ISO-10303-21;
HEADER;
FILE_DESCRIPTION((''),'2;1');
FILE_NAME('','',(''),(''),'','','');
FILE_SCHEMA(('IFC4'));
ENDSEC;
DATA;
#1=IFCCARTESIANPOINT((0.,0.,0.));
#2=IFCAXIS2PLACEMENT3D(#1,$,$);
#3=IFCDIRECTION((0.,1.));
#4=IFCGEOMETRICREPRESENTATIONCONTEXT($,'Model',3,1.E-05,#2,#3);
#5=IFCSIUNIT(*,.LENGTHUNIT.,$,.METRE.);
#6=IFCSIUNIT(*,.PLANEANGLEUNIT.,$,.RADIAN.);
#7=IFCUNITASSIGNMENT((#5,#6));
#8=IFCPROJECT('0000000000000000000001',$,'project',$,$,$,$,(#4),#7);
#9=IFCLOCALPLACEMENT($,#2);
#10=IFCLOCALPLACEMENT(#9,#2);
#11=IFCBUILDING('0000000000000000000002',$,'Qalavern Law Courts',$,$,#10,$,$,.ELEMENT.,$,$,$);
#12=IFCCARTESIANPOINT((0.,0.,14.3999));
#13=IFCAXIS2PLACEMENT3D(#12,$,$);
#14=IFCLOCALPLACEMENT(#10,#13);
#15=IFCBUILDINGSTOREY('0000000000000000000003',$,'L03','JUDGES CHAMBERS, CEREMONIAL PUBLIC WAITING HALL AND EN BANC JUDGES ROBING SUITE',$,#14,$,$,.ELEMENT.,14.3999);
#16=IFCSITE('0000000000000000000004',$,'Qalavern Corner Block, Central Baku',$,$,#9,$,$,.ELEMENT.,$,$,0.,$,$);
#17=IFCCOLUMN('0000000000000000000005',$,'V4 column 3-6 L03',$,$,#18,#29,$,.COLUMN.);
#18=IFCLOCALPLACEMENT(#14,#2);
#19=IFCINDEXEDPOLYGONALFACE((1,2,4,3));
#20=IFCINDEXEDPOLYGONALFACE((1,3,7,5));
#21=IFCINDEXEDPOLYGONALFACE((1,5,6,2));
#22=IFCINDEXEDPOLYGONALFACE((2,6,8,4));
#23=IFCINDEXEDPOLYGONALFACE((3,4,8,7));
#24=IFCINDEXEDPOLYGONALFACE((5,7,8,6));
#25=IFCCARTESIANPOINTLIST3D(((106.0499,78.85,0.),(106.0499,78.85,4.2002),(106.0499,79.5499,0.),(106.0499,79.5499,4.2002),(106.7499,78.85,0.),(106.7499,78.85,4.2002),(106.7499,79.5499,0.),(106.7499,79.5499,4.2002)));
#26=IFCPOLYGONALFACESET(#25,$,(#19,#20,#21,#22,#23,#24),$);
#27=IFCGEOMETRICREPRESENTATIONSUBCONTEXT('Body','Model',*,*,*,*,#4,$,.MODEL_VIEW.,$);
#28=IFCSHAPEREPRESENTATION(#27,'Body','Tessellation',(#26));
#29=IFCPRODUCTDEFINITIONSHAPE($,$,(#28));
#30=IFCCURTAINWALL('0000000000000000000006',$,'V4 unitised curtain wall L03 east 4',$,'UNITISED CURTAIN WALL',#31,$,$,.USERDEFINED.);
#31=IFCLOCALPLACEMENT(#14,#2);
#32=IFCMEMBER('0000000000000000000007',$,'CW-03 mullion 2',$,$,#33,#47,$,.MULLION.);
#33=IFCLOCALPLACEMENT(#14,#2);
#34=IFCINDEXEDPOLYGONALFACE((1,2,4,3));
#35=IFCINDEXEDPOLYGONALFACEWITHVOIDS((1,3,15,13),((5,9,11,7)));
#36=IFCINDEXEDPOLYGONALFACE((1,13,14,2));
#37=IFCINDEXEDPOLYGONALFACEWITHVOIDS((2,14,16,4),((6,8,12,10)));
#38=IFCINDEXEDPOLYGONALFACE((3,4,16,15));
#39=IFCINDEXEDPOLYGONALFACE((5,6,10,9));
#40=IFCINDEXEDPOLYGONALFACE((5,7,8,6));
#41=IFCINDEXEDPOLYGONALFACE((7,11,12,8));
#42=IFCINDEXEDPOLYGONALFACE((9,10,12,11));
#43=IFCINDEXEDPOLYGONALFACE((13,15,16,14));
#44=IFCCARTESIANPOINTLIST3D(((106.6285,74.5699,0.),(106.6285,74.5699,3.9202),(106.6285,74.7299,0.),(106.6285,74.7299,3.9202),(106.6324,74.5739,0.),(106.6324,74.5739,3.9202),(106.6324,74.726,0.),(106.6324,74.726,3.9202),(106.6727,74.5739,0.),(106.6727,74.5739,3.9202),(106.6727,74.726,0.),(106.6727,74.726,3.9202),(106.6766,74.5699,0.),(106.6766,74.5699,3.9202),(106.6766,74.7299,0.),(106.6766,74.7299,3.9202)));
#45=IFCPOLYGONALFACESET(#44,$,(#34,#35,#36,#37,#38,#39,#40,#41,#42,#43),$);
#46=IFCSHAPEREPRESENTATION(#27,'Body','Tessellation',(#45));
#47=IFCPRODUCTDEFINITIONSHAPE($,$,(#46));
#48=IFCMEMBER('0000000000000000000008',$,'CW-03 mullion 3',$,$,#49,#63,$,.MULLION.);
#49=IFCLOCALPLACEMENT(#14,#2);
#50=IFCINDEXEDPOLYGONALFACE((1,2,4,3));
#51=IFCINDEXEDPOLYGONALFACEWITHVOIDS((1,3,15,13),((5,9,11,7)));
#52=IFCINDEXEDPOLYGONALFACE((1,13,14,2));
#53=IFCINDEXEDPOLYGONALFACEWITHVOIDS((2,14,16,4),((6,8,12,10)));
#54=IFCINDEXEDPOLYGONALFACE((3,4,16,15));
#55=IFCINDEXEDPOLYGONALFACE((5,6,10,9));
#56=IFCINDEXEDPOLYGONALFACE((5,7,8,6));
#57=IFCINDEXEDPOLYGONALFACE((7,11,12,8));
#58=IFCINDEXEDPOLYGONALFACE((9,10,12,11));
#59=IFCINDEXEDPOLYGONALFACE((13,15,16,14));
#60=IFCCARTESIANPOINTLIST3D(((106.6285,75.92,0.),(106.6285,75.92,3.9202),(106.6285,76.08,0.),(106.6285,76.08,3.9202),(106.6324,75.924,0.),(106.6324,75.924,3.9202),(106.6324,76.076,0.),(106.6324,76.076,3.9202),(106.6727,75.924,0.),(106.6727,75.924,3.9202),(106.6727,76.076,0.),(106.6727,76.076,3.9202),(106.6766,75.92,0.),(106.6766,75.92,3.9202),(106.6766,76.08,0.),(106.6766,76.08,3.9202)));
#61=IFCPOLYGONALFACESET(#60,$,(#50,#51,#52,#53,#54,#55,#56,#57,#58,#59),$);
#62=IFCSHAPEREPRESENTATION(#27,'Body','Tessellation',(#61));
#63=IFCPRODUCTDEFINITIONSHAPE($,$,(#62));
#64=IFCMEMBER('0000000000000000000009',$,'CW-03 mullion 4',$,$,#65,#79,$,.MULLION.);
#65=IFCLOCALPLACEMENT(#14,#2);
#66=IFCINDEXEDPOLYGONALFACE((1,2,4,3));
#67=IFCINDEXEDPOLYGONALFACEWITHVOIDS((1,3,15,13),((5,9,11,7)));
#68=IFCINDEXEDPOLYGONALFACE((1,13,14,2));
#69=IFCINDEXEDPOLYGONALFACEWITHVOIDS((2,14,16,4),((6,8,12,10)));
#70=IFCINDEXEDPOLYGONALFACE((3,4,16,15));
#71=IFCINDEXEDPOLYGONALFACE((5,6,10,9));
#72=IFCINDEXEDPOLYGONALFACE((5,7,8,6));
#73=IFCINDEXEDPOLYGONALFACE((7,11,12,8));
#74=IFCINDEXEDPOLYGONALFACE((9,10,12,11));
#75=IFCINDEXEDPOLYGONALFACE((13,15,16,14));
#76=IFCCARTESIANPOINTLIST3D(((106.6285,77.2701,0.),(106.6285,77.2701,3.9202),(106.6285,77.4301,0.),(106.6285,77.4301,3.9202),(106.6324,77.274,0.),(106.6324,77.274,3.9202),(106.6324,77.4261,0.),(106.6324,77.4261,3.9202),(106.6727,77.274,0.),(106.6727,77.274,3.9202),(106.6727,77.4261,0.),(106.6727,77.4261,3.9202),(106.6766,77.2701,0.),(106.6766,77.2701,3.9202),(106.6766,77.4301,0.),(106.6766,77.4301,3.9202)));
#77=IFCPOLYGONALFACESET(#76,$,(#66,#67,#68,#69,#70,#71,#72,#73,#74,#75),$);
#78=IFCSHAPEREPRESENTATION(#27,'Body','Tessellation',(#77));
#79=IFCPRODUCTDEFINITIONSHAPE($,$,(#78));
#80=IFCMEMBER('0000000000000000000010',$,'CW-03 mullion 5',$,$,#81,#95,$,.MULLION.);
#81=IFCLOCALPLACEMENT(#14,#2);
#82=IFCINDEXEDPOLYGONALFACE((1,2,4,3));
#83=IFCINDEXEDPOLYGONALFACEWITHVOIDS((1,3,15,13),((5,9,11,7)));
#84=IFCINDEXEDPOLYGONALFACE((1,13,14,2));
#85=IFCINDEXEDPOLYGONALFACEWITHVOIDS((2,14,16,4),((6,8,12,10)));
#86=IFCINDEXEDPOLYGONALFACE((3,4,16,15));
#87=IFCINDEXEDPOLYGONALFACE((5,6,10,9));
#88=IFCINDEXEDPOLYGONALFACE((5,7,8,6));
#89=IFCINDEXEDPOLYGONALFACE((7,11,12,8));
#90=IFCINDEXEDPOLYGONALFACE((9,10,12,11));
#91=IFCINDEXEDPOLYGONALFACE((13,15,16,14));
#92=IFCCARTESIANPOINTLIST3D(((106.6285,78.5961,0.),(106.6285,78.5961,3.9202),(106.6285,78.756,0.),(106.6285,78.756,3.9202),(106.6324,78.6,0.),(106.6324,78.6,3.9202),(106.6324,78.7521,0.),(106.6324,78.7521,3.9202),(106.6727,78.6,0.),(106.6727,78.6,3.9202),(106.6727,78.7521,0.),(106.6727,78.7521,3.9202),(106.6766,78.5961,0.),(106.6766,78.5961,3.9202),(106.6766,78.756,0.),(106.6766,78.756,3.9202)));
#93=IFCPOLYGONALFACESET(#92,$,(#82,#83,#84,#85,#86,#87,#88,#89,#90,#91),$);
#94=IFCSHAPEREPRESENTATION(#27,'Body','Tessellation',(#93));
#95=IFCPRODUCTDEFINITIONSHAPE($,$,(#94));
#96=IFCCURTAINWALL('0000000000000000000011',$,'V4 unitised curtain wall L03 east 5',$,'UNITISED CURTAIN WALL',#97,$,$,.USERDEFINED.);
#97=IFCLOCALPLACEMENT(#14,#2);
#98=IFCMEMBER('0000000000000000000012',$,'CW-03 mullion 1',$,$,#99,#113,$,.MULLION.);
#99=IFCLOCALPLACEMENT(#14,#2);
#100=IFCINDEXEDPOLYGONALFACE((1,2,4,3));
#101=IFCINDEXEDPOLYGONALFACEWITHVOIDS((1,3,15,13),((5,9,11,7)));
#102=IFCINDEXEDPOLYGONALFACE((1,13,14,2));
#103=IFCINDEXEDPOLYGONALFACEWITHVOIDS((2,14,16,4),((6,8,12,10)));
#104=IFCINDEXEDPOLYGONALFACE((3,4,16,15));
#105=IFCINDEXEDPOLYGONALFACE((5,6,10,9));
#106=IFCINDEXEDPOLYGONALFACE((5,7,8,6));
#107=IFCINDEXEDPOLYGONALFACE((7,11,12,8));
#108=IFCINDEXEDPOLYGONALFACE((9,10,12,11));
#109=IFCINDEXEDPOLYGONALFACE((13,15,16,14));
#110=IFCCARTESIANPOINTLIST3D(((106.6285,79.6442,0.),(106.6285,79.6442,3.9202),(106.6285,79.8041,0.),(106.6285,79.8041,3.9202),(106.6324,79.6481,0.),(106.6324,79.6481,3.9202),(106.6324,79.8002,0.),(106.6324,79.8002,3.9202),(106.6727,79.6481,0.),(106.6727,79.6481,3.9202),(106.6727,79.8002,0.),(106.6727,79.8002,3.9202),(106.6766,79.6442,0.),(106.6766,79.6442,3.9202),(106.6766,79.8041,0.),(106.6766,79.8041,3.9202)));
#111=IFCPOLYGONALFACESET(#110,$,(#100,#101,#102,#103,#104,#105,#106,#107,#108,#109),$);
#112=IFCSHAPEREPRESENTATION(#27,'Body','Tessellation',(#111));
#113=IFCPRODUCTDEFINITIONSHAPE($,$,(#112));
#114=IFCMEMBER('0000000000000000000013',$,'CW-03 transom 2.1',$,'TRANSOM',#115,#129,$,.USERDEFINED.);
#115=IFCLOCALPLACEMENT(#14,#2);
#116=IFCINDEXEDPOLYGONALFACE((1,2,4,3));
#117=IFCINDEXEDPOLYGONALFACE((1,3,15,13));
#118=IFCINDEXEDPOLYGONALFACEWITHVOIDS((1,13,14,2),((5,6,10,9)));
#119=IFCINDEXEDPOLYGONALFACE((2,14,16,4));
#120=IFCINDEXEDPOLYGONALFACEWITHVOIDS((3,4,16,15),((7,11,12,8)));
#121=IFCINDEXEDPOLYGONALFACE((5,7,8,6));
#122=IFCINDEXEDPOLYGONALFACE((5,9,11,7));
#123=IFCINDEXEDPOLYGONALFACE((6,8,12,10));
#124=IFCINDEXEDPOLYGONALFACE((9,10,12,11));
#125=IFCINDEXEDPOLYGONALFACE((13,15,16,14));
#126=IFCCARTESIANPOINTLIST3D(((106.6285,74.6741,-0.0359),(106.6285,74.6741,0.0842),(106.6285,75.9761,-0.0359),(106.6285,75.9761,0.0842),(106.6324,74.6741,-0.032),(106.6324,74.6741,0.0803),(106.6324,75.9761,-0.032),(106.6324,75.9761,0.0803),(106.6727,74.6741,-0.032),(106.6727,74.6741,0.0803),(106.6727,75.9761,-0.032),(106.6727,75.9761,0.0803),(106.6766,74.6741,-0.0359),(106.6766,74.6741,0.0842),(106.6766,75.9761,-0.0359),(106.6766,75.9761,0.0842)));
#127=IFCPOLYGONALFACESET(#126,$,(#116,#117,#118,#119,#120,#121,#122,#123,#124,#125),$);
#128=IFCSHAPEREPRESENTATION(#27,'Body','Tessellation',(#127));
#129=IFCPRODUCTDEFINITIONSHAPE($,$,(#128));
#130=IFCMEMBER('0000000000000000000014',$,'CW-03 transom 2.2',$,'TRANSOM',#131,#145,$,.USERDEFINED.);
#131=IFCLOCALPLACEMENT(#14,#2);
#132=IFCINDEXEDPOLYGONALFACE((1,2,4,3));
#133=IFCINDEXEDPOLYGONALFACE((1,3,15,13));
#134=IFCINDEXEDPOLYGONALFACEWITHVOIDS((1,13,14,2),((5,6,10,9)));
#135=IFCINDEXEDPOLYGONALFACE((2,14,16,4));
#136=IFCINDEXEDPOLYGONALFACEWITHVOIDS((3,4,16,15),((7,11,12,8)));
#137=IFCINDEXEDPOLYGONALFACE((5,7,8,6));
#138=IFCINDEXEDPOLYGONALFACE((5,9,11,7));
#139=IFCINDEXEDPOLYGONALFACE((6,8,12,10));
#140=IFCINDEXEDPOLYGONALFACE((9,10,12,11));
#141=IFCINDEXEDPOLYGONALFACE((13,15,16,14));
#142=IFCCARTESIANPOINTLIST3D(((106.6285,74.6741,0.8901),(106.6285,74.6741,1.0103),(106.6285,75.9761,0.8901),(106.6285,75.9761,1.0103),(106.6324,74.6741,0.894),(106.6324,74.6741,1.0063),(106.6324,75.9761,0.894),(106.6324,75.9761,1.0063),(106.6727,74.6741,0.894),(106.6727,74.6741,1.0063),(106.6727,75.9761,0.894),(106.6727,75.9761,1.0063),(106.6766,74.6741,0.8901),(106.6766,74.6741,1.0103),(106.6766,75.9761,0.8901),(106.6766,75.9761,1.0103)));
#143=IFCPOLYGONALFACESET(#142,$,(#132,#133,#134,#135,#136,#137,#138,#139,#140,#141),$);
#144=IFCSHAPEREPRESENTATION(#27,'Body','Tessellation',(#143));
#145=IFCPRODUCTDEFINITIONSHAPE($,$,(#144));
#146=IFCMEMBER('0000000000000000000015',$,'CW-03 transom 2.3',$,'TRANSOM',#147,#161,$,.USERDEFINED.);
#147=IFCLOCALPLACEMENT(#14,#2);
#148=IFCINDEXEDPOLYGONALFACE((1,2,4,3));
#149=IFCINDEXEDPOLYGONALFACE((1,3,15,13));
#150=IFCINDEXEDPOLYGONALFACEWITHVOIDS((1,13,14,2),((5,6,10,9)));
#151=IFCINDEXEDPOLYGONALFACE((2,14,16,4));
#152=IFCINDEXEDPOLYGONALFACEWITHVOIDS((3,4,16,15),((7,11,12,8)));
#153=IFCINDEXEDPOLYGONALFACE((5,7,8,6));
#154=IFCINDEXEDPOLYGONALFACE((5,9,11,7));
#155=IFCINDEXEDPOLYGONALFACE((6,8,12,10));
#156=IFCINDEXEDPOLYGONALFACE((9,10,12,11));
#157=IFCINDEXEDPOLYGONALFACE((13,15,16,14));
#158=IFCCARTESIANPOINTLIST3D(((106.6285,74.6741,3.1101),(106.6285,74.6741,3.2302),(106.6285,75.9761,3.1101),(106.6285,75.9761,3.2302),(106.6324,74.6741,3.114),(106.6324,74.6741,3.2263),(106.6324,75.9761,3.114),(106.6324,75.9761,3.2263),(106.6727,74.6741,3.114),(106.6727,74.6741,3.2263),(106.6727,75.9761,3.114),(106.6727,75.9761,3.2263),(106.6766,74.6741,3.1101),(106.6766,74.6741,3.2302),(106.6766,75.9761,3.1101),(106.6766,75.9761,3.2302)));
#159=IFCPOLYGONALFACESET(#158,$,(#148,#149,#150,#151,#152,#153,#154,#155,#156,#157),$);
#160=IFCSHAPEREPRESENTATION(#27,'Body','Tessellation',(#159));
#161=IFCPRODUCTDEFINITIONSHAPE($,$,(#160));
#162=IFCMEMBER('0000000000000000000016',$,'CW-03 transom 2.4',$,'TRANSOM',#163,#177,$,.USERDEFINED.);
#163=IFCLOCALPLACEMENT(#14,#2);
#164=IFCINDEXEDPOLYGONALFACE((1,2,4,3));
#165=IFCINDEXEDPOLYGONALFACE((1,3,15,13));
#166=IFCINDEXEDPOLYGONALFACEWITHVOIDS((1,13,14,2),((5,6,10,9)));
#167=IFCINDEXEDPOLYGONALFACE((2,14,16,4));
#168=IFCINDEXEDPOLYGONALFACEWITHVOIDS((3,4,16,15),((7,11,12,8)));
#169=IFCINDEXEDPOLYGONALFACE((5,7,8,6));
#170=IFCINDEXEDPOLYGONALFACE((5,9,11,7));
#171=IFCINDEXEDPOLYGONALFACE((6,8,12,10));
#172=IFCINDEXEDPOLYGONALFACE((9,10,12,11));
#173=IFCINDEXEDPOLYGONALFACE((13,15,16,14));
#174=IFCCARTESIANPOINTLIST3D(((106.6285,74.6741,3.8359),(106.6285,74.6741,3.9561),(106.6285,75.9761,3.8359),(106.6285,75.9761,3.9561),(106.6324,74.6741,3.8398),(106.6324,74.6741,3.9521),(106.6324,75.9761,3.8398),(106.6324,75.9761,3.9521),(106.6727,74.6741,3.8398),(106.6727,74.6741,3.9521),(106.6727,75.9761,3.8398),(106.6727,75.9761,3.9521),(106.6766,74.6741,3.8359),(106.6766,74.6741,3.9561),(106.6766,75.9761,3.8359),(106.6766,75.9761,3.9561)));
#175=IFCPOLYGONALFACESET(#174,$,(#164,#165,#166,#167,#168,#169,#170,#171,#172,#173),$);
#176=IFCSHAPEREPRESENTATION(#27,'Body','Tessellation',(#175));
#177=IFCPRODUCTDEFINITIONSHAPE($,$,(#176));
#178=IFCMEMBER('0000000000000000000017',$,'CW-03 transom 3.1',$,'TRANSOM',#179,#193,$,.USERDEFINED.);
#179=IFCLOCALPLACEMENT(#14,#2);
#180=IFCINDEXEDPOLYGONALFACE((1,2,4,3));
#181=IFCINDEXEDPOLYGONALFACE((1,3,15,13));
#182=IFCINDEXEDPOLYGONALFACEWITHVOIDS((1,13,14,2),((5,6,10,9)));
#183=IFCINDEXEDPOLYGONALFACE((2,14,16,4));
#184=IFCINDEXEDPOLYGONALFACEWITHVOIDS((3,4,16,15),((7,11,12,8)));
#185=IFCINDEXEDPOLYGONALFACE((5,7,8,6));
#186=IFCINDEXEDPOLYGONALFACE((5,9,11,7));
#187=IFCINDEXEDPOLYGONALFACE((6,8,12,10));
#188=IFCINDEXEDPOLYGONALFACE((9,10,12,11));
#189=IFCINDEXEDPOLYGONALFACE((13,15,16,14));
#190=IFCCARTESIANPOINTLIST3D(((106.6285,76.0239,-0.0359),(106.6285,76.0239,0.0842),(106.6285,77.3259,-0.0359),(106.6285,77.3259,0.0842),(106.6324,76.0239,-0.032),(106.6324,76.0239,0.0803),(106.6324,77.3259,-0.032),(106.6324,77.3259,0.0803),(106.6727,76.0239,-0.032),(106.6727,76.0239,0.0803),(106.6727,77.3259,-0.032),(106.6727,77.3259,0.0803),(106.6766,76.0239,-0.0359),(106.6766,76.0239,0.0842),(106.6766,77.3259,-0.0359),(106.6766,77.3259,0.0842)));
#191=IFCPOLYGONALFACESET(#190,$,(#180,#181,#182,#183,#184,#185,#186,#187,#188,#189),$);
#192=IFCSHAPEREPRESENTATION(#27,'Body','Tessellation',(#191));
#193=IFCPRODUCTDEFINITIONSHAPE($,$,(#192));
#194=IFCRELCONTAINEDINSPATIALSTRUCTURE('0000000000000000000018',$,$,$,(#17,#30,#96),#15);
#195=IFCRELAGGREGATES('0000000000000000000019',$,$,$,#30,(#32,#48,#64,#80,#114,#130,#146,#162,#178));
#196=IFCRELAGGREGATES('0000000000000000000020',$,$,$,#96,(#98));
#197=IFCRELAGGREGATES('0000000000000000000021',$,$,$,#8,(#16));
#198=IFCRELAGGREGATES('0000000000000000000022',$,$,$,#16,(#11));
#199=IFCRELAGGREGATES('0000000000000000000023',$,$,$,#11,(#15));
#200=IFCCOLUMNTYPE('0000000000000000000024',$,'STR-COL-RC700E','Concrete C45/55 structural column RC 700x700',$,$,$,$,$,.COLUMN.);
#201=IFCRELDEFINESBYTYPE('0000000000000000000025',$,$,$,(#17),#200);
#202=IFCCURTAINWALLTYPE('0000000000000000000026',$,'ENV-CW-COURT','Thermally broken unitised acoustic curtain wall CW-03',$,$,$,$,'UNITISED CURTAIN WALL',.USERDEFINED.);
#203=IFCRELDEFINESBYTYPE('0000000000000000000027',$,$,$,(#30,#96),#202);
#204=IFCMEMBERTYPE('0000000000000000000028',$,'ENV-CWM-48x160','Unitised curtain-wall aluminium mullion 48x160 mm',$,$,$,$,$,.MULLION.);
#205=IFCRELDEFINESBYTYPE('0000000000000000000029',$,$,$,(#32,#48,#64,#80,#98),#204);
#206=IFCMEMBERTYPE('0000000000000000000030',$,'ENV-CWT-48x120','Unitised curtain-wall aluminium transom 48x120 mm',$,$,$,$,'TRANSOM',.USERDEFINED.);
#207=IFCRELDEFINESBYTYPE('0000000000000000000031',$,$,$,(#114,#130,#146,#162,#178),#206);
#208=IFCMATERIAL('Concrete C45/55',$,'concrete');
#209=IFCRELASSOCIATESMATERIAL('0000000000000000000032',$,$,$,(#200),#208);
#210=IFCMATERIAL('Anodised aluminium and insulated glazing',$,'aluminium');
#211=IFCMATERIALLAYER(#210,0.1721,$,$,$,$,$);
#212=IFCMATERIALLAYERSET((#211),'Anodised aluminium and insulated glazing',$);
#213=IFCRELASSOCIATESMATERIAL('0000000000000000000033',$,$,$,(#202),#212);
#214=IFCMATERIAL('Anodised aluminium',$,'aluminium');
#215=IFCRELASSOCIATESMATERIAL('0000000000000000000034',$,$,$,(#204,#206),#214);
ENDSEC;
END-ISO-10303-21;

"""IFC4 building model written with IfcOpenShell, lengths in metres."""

from ifc_helpers import new_model, si_unit, direction, frame, origin, origin_2d, place, context, subcontext, project, spatial, rectangle, hollow_rectangle, extrude, material, layer, layer_set, material_profile, profile_set, type_object, element, aggregate, save


model = new_model("IFC4")

# Units and contexts
model_context = context("Model", 3, precision=1e-05, world=origin(), true_north=direction((0.0, 1.0)))
body_context = subcontext(model_context, "Body", "Model", "MODEL_VIEW")
ifc_project = project(units=[si_unit("LENGTHUNIT", "METRE"), si_unit("PLANEANGLEUNIT", "RADIAN")], contexts=[model_context])

# Site, building, storey
site_placement = place(None, origin())
site = spatial("IfcSite", under=ifc_project, at=site_placement, Name="Qalavern Corner Block, Central Baku", CompositionType="ELEMENT", RefElevation=0.0)
building_placement = place(site_placement, origin())
building = spatial("IfcBuilding", under=site, at=building_placement, Name="Qalavern Law Courts", CompositionType="ELEMENT")
storey_placement = place(building_placement, frame((0.0, 0.0, 14.3999)))
storey = spatial("IfcBuildingStorey", under=building, at=storey_placement, Name="L03", Description="JUDGES CHAMBERS, CEREMONIAL PUBLIC WAITING HALL AND EN BANC JUDGES ROBING SUITE", CompositionType="ELEMENT", Elevation=14.3999)

# Column
ifc_material_1 = material(Name="Concrete C45/55", Category="concrete")
ifc_material_profile_1 = material_profile(ifc_material_1, rectangle(XDim=0.7, YDim=0.7, at=origin_2d()), Name="RC 700x700")
ifc_profile_set_1 = profile_set([ifc_material_profile_1], Name="Concrete C45/55")
column_type = type_object("IfcColumnType", Name="STR-COL-RC700E", Description="Concrete C45/55 structural column RC 700x700", PredefinedType="COLUMN", material=ifc_profile_set_1)
column_placement = place(storey_placement, frame((106.3999, 79.2, 0.0), z_axis=(0.0, 0.0, 1.0), x_axis=(1.0, 0.0, 0.0)))
element("IfcColumn", 1, at=column_placement, inside=storey, type_object=column_type, Name="V4 column 3-6 L03", PredefinedType="COLUMN", context=body_context, shape_type="SweptSolid", body=[
    extrude(rectangle(XDim=0.7, YDim=0.7, at=origin_2d()), origin(), (0.0, 0.0, 1.0), 4.2002),
])

# Curtain wall, members
ifc_material_2 = material(Name="Anodised aluminium and insulated glazing", Category="aluminium")
ifc_layer_1 = layer(ifc_material_2, 0.1721)
ifc_layer_set_1 = layer_set([ifc_layer_1], Name="Anodised aluminium and insulated glazing")
curtain_wall_type = type_object("IfcCurtainWallType", Name="ENV-CW-COURT", Description="Thermally broken unitised acoustic curtain wall CW-03", ElementType="UNITISED CURTAIN WALL", PredefinedType="USERDEFINED", material=ifc_layer_set_1)
curtain_wall_1_placement = place(storey_placement, origin())
curtain_wall_1 = element("IfcCurtainWall", 2, at=curtain_wall_1_placement, inside=storey, type_object=curtain_wall_type, Name="V4 unitised curtain wall L03 east 4", ObjectType="UNITISED CURTAIN WALL", PredefinedType="USERDEFINED")
ifc_material_3 = material(Name="Anodised aluminium", Category="aluminium")
ifc_material_profile_2 = material_profile(ifc_material_3, hollow_rectangle(XDim=0.0481, YDim=0.1599, WallThickness=0.0039, at=origin_2d()), Name="ALU MULLION 48x160")
ifc_profile_set_2 = profile_set([ifc_material_profile_2], Name="Anodised aluminium")
member_type_1 = type_object("IfcMemberType", Name="ENV-CWM-48x160", Description="Unitised curtain-wall aluminium mullion 48x160 mm", PredefinedType="MULLION", material=ifc_profile_set_2)
member_1_placement = place(storey_placement, frame((106.6526, 74.6499, 0.0), z_axis=(0.0, 0.0, 1.0), x_axis=(-1.0, 0.0, 0.0)))
member_1 = element("IfcMember", 3, at=member_1_placement, type_object=member_type_1, Name="CW-03 mullion 2", PredefinedType="MULLION", context=body_context, shape_type="SweptSolid", body=[
    extrude(hollow_rectangle(XDim=0.0481, YDim=0.1599, WallThickness=0.0039, at=origin_2d()), origin(), (0.0, 0.0, 1.0), 3.9202),
])
member_2_placement = place(storey_placement, frame((106.6526, 76.0, 0.0), z_axis=(0.0, 0.0, 1.0), x_axis=(-1.0, 0.0, 0.0)))
member_2 = element("IfcMember", 4, at=member_2_placement, type_object=member_type_1, Name="CW-03 mullion 3", PredefinedType="MULLION", context=body_context, shape_type="SweptSolid", body=[
    extrude(hollow_rectangle(XDim=0.0481, YDim=0.1599, WallThickness=0.0039, at=origin_2d()), origin(), (0.0, 0.0, 1.0), 3.9202),
])
member_3_placement = place(storey_placement, frame((106.6526, 77.3501, 0.0), z_axis=(0.0, 0.0, 1.0), x_axis=(-1.0, 0.0, 0.0)))
member_3 = element("IfcMember", 5, at=member_3_placement, type_object=member_type_1, Name="CW-03 mullion 4", PredefinedType="MULLION", context=body_context, shape_type="SweptSolid", body=[
    extrude(hollow_rectangle(XDim=0.0481, YDim=0.1599, WallThickness=0.0039, at=origin_2d()), origin(), (0.0, 0.0, 1.0), 3.9202),
])
member_4_placement = place(storey_placement, frame((106.6526, 78.676, 0.0), z_axis=(0.0, 0.0, 1.0), x_axis=(-1.0, 0.0, 0.0)))
member_4 = element("IfcMember", 6, at=member_4_placement, type_object=member_type_1, Name="CW-03 mullion 5", PredefinedType="MULLION", context=body_context, shape_type="SweptSolid", body=[
    extrude(hollow_rectangle(XDim=0.0481, YDim=0.1599, WallThickness=0.0039, at=origin_2d()), origin(), (0.0, 0.0, 1.0), 3.9202),
])

# Curtain wall, member
curtain_wall_2_placement = place(storey_placement, origin())
curtain_wall_2 = element("IfcCurtainWall", 7, at=curtain_wall_2_placement, inside=storey, type_object=curtain_wall_type, Name="V4 unitised curtain wall L03 east 5", ObjectType="UNITISED CURTAIN WALL", PredefinedType="USERDEFINED")
member_5_placement = place(storey_placement, frame((106.6526, 79.7241, 0.0), z_axis=(0.0, 0.0, 1.0), x_axis=(-1.0, 0.0, 0.0)))
member_5 = element("IfcMember", 8, at=member_5_placement, type_object=member_type_1, Name="CW-03 mullion 1", PredefinedType="MULLION", context=body_context, shape_type="SweptSolid", body=[
    extrude(hollow_rectangle(XDim=0.0481, YDim=0.1599, WallThickness=0.0039, at=origin_2d()), origin(), (0.0, 0.0, 1.0), 3.9202),
])

# Members
ifc_material_profile_3 = material_profile(ifc_material_3, hollow_rectangle(XDim=0.0481, YDim=0.1201, WallThickness=0.0039, at=origin_2d()), Name="ALU TRANSOM 48x120")
ifc_profile_set_3 = profile_set([ifc_material_profile_3], Name="Anodised aluminium")
member_type_2 = type_object("IfcMemberType", Name="ENV-CWT-48x120", Description="Unitised curtain-wall aluminium transom 48x120 mm", ElementType="TRANSOM", PredefinedType="USERDEFINED", material=ifc_profile_set_3)
member_6_placement = place(storey_placement, frame((106.6526, 74.6741, 0.0242), z_axis=(0.0, 1.0, 0.0), x_axis=(-1.0, 0.0, 0.0)))
member_6 = element("IfcMember", 9, at=member_6_placement, type_object=member_type_2, Name="CW-03 transom 2.1", ObjectType="TRANSOM", PredefinedType="USERDEFINED", context=body_context, shape_type="SweptSolid", body=[
    extrude(hollow_rectangle(XDim=0.0481, YDim=0.1201, WallThickness=0.0039, at=origin_2d()), origin(), (0.0, 0.0, 1.0), 1.302),
])
member_7_placement = place(storey_placement, frame((106.6526, 74.6741, 0.9502), z_axis=(0.0, 1.0, 0.0), x_axis=(-1.0, 0.0, 0.0)))
member_7 = element("IfcMember", 10, at=member_7_placement, type_object=member_type_2, Name="CW-03 transom 2.2", ObjectType="TRANSOM", PredefinedType="USERDEFINED", context=body_context, shape_type="SweptSolid", body=[
    extrude(hollow_rectangle(XDim=0.0481, YDim=0.1201, WallThickness=0.0039, at=origin_2d()), origin(), (0.0, 0.0, 1.0), 1.302),
])
member_8_placement = place(storey_placement, frame((106.6526, 74.6741, 3.1702), z_axis=(0.0, 1.0, 0.0), x_axis=(-1.0, 0.0, 0.0)))
member_8 = element("IfcMember", 11, at=member_8_placement, type_object=member_type_2, Name="CW-03 transom 2.3", ObjectType="TRANSOM", PredefinedType="USERDEFINED", context=body_context, shape_type="SweptSolid", body=[
    extrude(hollow_rectangle(XDim=0.0481, YDim=0.1201, WallThickness=0.0039, at=origin_2d()), origin(), (0.0, 0.0, 1.0), 1.302),
])
member_9_placement = place(storey_placement, frame((106.6526, 74.6741, 3.896), z_axis=(0.0, 1.0, 0.0), x_axis=(-1.0, 0.0, 0.0)))
member_9 = element("IfcMember", 12, at=member_9_placement, type_object=member_type_2, Name="CW-03 transom 2.4", ObjectType="TRANSOM", PredefinedType="USERDEFINED", context=body_context, shape_type="SweptSolid", body=[
    extrude(hollow_rectangle(XDim=0.0481, YDim=0.1201, WallThickness=0.0039, at=origin_2d()), origin(), (0.0, 0.0, 1.0), 1.302),
])
member_10_placement = place(storey_placement, frame((106.6526, 76.0239, 0.0242), z_axis=(0.0, 1.0, 0.0), x_axis=(-1.0, 0.0, 0.0)))
member_10 = element("IfcMember", 13, at=member_10_placement, type_object=member_type_2, Name="CW-03 transom 3.1", ObjectType="TRANSOM", PredefinedType="USERDEFINED", context=body_context, shape_type="SweptSolid", body=[
    extrude(hollow_rectangle(XDim=0.0481, YDim=0.1201, WallThickness=0.0039, at=origin_2d()), origin(), (0.0, 0.0, 1.0), 1.302),
])

aggregate(curtain_wall_1, [member_1, member_2, member_3, member_4, member_6, member_7, member_8, member_9, member_10])
aggregate(curtain_wall_2, [member_5])

save(model, "model.ifc")
